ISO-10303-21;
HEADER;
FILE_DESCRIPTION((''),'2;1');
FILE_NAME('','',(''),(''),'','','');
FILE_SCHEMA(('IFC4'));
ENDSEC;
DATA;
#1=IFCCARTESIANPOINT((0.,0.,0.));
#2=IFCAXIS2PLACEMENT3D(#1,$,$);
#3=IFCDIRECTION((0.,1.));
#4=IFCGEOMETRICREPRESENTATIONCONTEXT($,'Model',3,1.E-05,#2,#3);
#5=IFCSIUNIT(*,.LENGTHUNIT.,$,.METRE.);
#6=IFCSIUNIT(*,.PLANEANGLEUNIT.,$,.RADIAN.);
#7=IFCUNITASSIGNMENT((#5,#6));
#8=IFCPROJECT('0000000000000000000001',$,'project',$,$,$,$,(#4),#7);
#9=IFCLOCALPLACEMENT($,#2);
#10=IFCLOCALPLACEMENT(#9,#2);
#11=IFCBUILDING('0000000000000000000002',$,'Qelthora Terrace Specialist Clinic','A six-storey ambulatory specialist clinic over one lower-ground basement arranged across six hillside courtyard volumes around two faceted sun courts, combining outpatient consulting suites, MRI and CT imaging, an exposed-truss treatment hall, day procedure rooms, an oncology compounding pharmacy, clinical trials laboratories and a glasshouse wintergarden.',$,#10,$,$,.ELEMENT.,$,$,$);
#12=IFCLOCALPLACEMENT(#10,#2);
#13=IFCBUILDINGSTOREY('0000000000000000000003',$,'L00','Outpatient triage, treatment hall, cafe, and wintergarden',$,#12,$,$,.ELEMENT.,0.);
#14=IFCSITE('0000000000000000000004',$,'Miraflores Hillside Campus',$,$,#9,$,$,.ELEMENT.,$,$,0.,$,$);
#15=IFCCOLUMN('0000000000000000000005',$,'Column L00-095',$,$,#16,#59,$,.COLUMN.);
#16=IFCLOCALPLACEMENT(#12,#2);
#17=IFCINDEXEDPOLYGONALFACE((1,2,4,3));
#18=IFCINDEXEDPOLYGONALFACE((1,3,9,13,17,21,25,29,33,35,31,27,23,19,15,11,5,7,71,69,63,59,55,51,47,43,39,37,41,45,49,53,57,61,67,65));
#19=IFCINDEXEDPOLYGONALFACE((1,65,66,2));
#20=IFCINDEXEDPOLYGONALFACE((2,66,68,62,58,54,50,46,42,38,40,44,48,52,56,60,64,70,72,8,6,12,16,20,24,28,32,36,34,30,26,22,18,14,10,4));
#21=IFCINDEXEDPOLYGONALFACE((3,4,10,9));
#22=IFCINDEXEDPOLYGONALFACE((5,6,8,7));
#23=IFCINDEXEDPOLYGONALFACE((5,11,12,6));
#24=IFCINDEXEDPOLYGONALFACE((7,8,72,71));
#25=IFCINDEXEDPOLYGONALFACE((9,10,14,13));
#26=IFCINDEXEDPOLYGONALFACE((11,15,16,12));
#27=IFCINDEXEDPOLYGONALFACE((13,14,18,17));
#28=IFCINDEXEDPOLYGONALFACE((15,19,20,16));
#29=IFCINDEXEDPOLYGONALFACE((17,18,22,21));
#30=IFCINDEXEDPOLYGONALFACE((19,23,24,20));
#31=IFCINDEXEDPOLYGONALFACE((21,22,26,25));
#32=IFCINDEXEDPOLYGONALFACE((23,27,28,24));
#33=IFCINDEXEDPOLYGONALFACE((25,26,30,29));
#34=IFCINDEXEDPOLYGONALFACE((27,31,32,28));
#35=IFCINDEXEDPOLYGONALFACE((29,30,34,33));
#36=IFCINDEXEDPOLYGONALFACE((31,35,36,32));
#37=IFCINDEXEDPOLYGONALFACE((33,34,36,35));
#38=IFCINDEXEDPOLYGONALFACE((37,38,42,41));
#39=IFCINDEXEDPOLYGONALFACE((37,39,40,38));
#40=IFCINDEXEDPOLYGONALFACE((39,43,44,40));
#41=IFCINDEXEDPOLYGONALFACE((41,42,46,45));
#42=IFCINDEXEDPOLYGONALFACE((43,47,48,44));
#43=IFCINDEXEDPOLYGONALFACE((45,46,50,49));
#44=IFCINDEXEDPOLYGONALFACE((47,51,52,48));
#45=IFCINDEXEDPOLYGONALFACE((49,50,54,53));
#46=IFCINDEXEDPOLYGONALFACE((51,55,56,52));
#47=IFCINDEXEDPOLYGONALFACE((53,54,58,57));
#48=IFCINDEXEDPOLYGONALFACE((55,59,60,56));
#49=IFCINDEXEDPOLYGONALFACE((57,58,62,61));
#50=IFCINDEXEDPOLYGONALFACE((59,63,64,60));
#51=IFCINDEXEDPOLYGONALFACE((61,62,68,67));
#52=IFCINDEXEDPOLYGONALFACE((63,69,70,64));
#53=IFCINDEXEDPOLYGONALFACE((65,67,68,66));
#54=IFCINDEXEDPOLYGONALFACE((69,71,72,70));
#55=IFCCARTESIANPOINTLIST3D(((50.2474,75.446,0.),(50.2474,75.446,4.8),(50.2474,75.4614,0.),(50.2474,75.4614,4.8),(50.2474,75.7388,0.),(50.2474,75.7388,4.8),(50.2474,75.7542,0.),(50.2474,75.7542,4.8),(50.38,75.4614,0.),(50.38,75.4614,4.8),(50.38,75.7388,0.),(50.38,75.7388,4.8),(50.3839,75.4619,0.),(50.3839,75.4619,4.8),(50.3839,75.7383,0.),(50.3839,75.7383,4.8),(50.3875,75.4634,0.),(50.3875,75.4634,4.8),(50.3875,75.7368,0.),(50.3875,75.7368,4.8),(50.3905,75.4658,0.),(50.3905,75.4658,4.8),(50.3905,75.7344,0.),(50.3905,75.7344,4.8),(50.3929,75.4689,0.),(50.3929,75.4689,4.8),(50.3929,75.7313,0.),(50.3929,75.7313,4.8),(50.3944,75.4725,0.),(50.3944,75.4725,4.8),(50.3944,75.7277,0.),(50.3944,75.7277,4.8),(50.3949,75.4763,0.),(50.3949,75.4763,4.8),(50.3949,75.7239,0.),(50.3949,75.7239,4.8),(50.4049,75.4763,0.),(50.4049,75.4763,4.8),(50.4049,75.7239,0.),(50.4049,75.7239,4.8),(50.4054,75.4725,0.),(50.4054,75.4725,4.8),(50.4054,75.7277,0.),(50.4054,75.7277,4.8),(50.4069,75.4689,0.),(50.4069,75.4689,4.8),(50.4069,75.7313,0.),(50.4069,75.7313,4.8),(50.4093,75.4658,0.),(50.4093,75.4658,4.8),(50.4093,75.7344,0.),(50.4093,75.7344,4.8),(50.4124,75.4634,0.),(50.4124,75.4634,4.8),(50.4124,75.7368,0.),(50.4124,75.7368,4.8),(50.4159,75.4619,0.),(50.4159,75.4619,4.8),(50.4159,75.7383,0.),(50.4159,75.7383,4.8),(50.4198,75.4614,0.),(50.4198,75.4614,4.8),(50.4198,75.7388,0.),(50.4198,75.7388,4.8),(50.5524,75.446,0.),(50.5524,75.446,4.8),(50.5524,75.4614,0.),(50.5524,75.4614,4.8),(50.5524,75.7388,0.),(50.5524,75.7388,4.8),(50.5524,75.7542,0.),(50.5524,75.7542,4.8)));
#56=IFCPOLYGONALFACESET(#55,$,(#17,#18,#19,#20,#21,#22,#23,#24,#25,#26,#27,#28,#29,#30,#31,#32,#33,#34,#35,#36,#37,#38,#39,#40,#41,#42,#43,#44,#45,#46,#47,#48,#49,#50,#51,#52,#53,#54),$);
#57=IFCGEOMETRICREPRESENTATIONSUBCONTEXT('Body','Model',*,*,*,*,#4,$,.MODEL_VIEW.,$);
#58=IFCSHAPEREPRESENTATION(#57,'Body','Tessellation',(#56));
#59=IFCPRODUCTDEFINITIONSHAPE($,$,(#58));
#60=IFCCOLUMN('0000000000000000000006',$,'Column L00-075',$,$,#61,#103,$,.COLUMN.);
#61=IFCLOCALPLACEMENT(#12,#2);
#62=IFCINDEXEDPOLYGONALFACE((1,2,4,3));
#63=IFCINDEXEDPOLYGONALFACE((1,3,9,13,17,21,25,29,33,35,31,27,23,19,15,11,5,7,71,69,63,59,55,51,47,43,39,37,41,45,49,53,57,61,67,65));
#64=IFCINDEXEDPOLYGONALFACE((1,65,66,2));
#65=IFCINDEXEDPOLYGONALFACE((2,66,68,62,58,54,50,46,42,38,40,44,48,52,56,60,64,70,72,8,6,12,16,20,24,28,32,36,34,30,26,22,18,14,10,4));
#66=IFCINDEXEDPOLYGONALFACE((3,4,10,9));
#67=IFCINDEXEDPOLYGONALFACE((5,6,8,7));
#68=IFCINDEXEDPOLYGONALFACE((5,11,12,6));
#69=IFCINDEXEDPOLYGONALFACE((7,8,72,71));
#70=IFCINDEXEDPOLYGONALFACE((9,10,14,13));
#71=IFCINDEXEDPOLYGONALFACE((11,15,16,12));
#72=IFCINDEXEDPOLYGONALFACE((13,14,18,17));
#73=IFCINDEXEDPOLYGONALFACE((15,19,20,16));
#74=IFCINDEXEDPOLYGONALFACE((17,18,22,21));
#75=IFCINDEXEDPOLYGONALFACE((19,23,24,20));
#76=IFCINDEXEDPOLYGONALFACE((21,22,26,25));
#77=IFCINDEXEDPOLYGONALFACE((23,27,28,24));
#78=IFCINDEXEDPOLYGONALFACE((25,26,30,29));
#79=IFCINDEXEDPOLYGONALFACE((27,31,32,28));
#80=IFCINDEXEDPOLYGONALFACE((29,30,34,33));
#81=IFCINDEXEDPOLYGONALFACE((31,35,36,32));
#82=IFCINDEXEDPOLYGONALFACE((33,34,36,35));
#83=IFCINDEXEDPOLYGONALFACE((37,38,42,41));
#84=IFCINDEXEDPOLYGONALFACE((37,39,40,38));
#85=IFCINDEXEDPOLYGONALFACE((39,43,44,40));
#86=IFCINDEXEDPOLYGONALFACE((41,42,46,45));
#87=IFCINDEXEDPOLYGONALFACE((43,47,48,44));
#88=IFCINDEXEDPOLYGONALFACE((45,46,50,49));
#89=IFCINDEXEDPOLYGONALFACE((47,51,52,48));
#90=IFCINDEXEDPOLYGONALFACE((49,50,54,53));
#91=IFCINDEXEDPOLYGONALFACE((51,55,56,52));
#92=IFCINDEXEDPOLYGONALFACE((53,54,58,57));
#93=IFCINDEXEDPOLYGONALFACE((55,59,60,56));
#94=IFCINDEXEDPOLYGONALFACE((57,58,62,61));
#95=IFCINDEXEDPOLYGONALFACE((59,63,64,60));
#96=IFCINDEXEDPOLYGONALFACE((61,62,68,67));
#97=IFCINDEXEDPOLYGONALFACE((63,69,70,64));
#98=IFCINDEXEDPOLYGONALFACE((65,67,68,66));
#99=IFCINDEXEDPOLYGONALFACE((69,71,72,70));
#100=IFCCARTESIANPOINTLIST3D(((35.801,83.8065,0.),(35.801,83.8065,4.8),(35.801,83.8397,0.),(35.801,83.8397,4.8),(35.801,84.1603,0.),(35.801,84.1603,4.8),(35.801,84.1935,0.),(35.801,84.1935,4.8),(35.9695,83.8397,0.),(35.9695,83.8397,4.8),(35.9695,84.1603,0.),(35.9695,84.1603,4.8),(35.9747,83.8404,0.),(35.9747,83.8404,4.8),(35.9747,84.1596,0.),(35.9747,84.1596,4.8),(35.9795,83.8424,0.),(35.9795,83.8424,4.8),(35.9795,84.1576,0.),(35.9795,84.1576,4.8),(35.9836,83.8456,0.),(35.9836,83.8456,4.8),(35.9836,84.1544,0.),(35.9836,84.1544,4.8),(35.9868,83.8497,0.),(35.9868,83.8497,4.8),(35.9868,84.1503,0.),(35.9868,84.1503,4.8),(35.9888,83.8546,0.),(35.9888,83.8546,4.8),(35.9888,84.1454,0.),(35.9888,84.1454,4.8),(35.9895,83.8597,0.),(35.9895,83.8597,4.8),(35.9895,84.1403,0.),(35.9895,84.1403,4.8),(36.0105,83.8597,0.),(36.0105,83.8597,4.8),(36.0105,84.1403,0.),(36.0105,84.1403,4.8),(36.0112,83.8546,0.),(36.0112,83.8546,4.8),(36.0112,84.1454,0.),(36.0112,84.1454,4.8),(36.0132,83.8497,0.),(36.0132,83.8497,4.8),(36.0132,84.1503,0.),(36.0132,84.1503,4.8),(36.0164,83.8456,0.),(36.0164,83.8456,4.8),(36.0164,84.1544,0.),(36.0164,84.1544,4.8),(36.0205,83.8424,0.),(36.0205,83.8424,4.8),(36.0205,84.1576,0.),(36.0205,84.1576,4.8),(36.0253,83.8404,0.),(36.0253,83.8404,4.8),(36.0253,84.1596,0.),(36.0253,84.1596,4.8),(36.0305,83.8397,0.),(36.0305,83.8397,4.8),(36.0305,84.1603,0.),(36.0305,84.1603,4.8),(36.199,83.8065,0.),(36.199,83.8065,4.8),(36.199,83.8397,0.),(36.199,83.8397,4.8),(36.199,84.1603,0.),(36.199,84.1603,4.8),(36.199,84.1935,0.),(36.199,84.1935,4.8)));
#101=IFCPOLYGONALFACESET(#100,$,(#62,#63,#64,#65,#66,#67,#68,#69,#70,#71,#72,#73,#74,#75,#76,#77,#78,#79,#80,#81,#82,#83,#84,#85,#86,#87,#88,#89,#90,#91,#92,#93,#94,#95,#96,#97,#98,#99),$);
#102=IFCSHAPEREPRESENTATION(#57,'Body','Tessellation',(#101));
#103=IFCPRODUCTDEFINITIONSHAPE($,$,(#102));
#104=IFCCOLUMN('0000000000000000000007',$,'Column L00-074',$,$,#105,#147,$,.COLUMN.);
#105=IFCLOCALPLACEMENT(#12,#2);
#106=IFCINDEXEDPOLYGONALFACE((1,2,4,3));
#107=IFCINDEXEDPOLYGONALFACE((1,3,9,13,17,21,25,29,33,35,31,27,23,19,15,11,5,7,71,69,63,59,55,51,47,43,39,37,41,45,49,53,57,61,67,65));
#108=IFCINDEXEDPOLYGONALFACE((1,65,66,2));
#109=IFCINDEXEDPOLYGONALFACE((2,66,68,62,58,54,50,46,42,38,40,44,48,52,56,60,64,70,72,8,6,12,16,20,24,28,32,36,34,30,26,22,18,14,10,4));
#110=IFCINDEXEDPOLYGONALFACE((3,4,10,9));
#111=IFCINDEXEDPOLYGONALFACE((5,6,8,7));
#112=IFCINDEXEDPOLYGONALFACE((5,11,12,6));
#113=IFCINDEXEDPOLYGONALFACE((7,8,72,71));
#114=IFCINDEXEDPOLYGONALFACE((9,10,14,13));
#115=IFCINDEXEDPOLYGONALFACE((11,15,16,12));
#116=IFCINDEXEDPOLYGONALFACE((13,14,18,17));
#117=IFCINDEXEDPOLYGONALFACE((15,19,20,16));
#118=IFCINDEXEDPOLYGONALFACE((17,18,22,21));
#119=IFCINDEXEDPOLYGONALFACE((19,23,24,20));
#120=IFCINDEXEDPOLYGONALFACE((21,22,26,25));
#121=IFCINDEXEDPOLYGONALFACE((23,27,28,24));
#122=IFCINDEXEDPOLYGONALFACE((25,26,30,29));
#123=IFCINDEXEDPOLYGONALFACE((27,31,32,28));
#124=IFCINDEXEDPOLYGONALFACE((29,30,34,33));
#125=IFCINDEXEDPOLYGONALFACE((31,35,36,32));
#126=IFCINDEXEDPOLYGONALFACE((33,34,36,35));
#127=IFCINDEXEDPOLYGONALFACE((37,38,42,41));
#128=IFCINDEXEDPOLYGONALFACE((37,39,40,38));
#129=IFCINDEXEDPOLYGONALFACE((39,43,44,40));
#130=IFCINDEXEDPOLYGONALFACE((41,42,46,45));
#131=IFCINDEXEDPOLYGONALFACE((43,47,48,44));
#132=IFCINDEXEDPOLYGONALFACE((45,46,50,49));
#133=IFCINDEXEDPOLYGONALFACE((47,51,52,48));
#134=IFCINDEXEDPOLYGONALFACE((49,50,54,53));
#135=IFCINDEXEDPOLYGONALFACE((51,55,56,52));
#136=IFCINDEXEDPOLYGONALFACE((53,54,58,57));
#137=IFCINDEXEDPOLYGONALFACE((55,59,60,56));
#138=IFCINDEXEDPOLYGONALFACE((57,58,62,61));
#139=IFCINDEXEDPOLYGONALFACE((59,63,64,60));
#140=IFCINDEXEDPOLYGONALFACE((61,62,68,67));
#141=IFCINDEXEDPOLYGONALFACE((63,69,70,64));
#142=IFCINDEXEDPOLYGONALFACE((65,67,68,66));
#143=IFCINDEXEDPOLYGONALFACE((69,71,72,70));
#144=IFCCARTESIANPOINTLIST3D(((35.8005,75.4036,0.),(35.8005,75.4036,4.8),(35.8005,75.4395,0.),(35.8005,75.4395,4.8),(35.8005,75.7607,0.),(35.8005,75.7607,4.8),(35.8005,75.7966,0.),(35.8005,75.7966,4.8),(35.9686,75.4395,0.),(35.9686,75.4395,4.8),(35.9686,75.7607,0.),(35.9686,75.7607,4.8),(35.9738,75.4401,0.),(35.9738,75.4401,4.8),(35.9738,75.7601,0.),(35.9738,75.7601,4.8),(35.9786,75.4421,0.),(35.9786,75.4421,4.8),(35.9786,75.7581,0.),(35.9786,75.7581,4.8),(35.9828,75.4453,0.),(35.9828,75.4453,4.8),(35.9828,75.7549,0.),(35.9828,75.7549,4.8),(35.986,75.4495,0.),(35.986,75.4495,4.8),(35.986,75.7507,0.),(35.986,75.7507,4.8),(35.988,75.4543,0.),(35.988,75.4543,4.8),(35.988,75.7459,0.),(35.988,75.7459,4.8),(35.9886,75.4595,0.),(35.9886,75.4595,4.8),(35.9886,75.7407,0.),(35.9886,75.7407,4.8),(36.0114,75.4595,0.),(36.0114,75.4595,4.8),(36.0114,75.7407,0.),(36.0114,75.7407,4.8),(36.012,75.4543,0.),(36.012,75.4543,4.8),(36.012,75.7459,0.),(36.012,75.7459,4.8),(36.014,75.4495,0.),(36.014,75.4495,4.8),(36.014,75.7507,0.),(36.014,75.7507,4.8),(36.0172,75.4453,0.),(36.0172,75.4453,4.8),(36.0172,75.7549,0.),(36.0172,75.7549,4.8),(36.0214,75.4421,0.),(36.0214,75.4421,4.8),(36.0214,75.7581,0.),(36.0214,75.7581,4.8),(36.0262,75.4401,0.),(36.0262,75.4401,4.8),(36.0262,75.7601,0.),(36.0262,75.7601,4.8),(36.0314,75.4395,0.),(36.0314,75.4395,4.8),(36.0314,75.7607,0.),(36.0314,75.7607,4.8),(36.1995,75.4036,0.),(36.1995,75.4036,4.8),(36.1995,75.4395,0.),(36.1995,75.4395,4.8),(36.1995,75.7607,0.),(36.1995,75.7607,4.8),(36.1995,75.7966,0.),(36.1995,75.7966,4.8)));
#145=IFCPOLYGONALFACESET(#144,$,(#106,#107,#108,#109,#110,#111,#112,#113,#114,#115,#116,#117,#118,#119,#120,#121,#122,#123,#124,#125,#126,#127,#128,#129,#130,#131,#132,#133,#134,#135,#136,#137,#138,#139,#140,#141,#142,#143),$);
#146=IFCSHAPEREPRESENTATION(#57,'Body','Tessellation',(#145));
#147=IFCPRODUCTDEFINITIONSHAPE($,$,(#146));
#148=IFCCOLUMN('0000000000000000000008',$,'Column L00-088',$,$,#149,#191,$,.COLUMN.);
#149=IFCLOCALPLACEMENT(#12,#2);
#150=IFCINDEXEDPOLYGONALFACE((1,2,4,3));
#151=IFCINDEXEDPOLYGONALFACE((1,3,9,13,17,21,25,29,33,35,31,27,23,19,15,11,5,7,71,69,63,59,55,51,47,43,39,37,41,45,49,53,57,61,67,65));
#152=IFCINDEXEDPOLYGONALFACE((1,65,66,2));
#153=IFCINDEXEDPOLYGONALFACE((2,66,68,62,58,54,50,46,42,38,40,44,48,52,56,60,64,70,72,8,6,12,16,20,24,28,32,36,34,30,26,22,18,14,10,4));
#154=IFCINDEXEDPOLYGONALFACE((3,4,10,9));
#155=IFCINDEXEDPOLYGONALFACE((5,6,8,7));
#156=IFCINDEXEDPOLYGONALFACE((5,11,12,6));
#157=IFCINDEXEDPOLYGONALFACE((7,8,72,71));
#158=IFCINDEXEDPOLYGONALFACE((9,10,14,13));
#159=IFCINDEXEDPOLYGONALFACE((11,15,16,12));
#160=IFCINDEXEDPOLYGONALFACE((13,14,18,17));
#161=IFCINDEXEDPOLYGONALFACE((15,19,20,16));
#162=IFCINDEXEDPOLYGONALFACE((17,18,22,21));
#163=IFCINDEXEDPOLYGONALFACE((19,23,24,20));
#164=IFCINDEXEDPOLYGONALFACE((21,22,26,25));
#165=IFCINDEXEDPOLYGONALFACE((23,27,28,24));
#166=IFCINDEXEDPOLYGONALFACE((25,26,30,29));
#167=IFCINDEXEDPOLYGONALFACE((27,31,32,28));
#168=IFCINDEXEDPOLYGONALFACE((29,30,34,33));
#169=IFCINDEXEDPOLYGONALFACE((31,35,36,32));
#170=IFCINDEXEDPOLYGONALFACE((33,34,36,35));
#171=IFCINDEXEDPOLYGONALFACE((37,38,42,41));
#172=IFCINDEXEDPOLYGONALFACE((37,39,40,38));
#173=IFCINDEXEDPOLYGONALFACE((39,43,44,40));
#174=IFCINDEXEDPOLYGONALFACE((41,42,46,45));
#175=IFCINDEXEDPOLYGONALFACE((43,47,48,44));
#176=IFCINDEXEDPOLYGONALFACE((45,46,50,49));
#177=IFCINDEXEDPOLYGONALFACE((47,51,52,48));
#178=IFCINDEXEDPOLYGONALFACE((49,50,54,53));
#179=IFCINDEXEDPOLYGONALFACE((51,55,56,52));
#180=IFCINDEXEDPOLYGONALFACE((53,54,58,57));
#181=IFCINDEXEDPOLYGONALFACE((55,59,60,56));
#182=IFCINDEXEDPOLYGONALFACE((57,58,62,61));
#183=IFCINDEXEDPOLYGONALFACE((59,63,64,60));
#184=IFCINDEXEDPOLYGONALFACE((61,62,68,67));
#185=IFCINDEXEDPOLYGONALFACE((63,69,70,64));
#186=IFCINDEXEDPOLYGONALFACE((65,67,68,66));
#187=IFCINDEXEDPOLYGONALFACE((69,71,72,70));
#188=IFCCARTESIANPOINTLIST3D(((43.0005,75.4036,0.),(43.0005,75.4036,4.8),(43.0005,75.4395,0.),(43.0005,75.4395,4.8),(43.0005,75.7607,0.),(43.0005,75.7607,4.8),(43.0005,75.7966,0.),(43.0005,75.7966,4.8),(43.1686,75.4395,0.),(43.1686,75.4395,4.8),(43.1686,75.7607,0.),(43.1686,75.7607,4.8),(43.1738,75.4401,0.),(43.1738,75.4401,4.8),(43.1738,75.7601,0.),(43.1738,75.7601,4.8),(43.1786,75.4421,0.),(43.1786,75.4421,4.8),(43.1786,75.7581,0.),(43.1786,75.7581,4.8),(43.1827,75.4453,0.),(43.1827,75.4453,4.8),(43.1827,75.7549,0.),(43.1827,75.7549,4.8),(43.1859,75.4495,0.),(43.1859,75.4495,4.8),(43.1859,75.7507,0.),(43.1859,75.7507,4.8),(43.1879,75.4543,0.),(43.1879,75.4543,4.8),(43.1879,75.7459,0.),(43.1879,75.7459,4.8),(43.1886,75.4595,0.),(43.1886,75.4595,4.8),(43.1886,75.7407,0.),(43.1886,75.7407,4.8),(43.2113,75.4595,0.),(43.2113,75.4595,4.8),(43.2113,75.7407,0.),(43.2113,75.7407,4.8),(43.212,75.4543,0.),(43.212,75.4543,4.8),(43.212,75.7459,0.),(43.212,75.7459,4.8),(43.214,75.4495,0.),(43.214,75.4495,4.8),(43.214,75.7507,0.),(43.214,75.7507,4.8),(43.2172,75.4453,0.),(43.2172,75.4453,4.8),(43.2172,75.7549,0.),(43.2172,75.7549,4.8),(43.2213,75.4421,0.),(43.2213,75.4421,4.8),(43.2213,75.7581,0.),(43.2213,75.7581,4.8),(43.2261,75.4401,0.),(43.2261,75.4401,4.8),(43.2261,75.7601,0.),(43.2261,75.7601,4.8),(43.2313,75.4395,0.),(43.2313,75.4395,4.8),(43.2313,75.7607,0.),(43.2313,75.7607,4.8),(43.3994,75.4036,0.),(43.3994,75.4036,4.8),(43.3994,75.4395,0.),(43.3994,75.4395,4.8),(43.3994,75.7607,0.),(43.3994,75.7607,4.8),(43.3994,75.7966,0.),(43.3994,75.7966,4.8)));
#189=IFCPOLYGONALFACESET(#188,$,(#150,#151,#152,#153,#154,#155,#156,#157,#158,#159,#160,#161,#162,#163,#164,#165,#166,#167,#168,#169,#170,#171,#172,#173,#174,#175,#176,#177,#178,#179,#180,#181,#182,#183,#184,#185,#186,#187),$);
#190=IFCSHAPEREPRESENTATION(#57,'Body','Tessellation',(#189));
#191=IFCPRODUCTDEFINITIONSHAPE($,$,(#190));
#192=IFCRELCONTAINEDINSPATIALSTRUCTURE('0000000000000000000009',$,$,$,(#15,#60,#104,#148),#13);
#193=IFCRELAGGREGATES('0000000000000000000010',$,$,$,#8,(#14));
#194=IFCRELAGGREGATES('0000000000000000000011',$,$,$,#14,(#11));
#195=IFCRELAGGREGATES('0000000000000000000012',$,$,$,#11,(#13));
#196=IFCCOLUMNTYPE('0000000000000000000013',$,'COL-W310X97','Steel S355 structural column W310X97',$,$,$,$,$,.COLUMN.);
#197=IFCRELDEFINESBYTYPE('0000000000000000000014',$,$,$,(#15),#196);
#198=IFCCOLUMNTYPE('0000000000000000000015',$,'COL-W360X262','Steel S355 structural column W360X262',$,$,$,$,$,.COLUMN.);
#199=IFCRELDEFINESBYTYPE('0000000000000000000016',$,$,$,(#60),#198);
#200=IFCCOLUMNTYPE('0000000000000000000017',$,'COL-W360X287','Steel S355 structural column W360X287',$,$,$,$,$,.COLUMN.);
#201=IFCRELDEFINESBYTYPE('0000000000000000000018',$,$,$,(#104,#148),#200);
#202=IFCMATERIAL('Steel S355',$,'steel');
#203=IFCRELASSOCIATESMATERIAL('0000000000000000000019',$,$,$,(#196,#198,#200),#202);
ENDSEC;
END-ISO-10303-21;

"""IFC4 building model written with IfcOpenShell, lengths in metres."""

from ifc_helpers import new_model, si_unit, direction, frame, origin, origin_2d, place, context, subcontext, project, spatial, i_section, extrude, material, material_profile, profile_set, type_object, element, save


model = new_model("IFC4")

# Units and contexts
model_context = context("Model", 3, precision=1e-05, world=origin(), true_north=direction((0.0, 1.0)))
body_context = subcontext(model_context, "Body", "Model", "MODEL_VIEW")
ifc_project = project(units=[si_unit("LENGTHUNIT", "METRE"), si_unit("PLANEANGLEUNIT", "RADIAN")], contexts=[model_context])

# Site, building, storey
site_placement = place(None, origin())
site = spatial("IfcSite", under=ifc_project, at=site_placement, Name="Miraflores Hillside Campus", CompositionType="ELEMENT", RefElevation=0.0)
building_placement = place(site_placement, origin())
building = spatial("IfcBuilding", under=site, at=building_placement, Name="Qelthora Terrace Specialist Clinic", Description="A six-storey ambulatory specialist clinic over one lower-ground basement arranged across six hillside courtyard volumes around two faceted sun courts, combining outpatient consulting suites, MRI and CT imaging, an exposed-truss treatment hall, day procedure rooms, an oncology compounding pharmacy, clinical trials laboratories and a glasshouse wintergarden.", CompositionType="ELEMENT")
storey_placement = place(building_placement, origin())
storey = spatial("IfcBuildingStorey", under=building, at=storey_placement, Name="L00", Description="Outpatient triage, treatment hall, cafe, and wintergarden", CompositionType="ELEMENT", Elevation=0.0)

# Columns
ifc_material_1 = material(Name="Steel S355", Category="steel")
ifc_material_profile_1 = material_profile(ifc_material_1, i_section(OverallWidth=0.3049, OverallDepth=0.3081, WebThickness=0.01, FlangeThickness=0.0154, FilletRadius=0.0149, at=origin_2d()), Name="W310X97")
ifc_profile_set_1 = profile_set([ifc_material_profile_1], Name="Steel S355")
column_type_1 = type_object("IfcColumnType", Name="COL-W310X97", Description="Steel S355 structural column W310X97", PredefinedType="COLUMN", material=ifc_profile_set_1)
column_1_placement = place(storey_placement, frame((50.3999, 75.6001, 0.0), z_axis=(0.0, 0.0, 1.0), x_axis=(1.0, 0.0, 0.0)))
element("IfcColumn", 1, at=column_1_placement, inside=storey, type_object=column_type_1, Name="Column L00-095", PredefinedType="COLUMN", context=body_context, shape_type="SweptSolid", body=[
    extrude(i_section(OverallWidth=0.3049, OverallDepth=0.3081, WebThickness=0.01, FlangeThickness=0.0154, FilletRadius=0.0149, at=origin_2d()), origin(), (0.0, 0.0, 1.0), 4.8),
])
ifc_material_profile_2 = material_profile(ifc_material_1, i_section(OverallWidth=0.3979, OverallDepth=0.387, WebThickness=0.021, FlangeThickness=0.0332, FilletRadius=0.02, at=origin_2d()), Name="W360X262")
ifc_profile_set_2 = profile_set([ifc_material_profile_2], Name="Steel S355")
column_type_2 = type_object("IfcColumnType", Name="COL-W360X262", Description="Steel S355 structural column W360X262", PredefinedType="COLUMN", material=ifc_profile_set_2)
column_2_placement = place(storey_placement, frame((36.0, 84.0, 0.0), z_axis=(0.0, 0.0, 1.0), x_axis=(1.0, 0.0, 0.0)))
element("IfcColumn", 2, at=column_2_placement, inside=storey, type_object=column_type_2, Name="Column L00-075", PredefinedType="COLUMN", context=body_context, shape_type="SweptSolid", body=[
    extrude(i_section(OverallWidth=0.3979, OverallDepth=0.387, WebThickness=0.021, FlangeThickness=0.0332, FilletRadius=0.02, at=origin_2d()), origin(), (0.0, 0.0, 1.0), 4.8),
])
ifc_material_profile_3 = material_profile(ifc_material_1, i_section(OverallWidth=0.3989, OverallDepth=0.3931, WebThickness=0.0227, FlangeThickness=0.0359, FilletRadius=0.02, at=origin_2d()), Name="W360X287")
ifc_profile_set_3 = profile_set([ifc_material_profile_3], Name="Steel S355")
column_type_3 = type_object("IfcColumnType", Name="COL-W360X287", Description="Steel S355 structural column W360X287", PredefinedType="COLUMN", material=ifc_profile_set_3)
for number, where, z_axis, x_axis, name in (
    (3, (36.0, 75.6001, 0.0), (0.0, 0.0, 1.0), (1.0, 0.0, 0.0), "Column L00-074"),
    (4, (43.2, 75.6001, 0.0), (0.0, 0.0, 1.0), (1.0, 0.0, 0.0), "Column L00-088"),
):
    element("IfcColumn", number, at=place(storey_placement, frame(where, z_axis=z_axis, x_axis=x_axis)), inside=storey, type_object=column_type_3, Name=name, PredefinedType="COLUMN", context=body_context, shape_type="SweptSolid", body=[
        extrude(i_section(OverallWidth=0.3989, OverallDepth=0.3931, WebThickness=0.0227, FlangeThickness=0.0359, FilletRadius=0.02, at=origin_2d()), origin(), (0.0, 0.0, 1.0), 4.8),
    ])

save(model, "model.ifc")
